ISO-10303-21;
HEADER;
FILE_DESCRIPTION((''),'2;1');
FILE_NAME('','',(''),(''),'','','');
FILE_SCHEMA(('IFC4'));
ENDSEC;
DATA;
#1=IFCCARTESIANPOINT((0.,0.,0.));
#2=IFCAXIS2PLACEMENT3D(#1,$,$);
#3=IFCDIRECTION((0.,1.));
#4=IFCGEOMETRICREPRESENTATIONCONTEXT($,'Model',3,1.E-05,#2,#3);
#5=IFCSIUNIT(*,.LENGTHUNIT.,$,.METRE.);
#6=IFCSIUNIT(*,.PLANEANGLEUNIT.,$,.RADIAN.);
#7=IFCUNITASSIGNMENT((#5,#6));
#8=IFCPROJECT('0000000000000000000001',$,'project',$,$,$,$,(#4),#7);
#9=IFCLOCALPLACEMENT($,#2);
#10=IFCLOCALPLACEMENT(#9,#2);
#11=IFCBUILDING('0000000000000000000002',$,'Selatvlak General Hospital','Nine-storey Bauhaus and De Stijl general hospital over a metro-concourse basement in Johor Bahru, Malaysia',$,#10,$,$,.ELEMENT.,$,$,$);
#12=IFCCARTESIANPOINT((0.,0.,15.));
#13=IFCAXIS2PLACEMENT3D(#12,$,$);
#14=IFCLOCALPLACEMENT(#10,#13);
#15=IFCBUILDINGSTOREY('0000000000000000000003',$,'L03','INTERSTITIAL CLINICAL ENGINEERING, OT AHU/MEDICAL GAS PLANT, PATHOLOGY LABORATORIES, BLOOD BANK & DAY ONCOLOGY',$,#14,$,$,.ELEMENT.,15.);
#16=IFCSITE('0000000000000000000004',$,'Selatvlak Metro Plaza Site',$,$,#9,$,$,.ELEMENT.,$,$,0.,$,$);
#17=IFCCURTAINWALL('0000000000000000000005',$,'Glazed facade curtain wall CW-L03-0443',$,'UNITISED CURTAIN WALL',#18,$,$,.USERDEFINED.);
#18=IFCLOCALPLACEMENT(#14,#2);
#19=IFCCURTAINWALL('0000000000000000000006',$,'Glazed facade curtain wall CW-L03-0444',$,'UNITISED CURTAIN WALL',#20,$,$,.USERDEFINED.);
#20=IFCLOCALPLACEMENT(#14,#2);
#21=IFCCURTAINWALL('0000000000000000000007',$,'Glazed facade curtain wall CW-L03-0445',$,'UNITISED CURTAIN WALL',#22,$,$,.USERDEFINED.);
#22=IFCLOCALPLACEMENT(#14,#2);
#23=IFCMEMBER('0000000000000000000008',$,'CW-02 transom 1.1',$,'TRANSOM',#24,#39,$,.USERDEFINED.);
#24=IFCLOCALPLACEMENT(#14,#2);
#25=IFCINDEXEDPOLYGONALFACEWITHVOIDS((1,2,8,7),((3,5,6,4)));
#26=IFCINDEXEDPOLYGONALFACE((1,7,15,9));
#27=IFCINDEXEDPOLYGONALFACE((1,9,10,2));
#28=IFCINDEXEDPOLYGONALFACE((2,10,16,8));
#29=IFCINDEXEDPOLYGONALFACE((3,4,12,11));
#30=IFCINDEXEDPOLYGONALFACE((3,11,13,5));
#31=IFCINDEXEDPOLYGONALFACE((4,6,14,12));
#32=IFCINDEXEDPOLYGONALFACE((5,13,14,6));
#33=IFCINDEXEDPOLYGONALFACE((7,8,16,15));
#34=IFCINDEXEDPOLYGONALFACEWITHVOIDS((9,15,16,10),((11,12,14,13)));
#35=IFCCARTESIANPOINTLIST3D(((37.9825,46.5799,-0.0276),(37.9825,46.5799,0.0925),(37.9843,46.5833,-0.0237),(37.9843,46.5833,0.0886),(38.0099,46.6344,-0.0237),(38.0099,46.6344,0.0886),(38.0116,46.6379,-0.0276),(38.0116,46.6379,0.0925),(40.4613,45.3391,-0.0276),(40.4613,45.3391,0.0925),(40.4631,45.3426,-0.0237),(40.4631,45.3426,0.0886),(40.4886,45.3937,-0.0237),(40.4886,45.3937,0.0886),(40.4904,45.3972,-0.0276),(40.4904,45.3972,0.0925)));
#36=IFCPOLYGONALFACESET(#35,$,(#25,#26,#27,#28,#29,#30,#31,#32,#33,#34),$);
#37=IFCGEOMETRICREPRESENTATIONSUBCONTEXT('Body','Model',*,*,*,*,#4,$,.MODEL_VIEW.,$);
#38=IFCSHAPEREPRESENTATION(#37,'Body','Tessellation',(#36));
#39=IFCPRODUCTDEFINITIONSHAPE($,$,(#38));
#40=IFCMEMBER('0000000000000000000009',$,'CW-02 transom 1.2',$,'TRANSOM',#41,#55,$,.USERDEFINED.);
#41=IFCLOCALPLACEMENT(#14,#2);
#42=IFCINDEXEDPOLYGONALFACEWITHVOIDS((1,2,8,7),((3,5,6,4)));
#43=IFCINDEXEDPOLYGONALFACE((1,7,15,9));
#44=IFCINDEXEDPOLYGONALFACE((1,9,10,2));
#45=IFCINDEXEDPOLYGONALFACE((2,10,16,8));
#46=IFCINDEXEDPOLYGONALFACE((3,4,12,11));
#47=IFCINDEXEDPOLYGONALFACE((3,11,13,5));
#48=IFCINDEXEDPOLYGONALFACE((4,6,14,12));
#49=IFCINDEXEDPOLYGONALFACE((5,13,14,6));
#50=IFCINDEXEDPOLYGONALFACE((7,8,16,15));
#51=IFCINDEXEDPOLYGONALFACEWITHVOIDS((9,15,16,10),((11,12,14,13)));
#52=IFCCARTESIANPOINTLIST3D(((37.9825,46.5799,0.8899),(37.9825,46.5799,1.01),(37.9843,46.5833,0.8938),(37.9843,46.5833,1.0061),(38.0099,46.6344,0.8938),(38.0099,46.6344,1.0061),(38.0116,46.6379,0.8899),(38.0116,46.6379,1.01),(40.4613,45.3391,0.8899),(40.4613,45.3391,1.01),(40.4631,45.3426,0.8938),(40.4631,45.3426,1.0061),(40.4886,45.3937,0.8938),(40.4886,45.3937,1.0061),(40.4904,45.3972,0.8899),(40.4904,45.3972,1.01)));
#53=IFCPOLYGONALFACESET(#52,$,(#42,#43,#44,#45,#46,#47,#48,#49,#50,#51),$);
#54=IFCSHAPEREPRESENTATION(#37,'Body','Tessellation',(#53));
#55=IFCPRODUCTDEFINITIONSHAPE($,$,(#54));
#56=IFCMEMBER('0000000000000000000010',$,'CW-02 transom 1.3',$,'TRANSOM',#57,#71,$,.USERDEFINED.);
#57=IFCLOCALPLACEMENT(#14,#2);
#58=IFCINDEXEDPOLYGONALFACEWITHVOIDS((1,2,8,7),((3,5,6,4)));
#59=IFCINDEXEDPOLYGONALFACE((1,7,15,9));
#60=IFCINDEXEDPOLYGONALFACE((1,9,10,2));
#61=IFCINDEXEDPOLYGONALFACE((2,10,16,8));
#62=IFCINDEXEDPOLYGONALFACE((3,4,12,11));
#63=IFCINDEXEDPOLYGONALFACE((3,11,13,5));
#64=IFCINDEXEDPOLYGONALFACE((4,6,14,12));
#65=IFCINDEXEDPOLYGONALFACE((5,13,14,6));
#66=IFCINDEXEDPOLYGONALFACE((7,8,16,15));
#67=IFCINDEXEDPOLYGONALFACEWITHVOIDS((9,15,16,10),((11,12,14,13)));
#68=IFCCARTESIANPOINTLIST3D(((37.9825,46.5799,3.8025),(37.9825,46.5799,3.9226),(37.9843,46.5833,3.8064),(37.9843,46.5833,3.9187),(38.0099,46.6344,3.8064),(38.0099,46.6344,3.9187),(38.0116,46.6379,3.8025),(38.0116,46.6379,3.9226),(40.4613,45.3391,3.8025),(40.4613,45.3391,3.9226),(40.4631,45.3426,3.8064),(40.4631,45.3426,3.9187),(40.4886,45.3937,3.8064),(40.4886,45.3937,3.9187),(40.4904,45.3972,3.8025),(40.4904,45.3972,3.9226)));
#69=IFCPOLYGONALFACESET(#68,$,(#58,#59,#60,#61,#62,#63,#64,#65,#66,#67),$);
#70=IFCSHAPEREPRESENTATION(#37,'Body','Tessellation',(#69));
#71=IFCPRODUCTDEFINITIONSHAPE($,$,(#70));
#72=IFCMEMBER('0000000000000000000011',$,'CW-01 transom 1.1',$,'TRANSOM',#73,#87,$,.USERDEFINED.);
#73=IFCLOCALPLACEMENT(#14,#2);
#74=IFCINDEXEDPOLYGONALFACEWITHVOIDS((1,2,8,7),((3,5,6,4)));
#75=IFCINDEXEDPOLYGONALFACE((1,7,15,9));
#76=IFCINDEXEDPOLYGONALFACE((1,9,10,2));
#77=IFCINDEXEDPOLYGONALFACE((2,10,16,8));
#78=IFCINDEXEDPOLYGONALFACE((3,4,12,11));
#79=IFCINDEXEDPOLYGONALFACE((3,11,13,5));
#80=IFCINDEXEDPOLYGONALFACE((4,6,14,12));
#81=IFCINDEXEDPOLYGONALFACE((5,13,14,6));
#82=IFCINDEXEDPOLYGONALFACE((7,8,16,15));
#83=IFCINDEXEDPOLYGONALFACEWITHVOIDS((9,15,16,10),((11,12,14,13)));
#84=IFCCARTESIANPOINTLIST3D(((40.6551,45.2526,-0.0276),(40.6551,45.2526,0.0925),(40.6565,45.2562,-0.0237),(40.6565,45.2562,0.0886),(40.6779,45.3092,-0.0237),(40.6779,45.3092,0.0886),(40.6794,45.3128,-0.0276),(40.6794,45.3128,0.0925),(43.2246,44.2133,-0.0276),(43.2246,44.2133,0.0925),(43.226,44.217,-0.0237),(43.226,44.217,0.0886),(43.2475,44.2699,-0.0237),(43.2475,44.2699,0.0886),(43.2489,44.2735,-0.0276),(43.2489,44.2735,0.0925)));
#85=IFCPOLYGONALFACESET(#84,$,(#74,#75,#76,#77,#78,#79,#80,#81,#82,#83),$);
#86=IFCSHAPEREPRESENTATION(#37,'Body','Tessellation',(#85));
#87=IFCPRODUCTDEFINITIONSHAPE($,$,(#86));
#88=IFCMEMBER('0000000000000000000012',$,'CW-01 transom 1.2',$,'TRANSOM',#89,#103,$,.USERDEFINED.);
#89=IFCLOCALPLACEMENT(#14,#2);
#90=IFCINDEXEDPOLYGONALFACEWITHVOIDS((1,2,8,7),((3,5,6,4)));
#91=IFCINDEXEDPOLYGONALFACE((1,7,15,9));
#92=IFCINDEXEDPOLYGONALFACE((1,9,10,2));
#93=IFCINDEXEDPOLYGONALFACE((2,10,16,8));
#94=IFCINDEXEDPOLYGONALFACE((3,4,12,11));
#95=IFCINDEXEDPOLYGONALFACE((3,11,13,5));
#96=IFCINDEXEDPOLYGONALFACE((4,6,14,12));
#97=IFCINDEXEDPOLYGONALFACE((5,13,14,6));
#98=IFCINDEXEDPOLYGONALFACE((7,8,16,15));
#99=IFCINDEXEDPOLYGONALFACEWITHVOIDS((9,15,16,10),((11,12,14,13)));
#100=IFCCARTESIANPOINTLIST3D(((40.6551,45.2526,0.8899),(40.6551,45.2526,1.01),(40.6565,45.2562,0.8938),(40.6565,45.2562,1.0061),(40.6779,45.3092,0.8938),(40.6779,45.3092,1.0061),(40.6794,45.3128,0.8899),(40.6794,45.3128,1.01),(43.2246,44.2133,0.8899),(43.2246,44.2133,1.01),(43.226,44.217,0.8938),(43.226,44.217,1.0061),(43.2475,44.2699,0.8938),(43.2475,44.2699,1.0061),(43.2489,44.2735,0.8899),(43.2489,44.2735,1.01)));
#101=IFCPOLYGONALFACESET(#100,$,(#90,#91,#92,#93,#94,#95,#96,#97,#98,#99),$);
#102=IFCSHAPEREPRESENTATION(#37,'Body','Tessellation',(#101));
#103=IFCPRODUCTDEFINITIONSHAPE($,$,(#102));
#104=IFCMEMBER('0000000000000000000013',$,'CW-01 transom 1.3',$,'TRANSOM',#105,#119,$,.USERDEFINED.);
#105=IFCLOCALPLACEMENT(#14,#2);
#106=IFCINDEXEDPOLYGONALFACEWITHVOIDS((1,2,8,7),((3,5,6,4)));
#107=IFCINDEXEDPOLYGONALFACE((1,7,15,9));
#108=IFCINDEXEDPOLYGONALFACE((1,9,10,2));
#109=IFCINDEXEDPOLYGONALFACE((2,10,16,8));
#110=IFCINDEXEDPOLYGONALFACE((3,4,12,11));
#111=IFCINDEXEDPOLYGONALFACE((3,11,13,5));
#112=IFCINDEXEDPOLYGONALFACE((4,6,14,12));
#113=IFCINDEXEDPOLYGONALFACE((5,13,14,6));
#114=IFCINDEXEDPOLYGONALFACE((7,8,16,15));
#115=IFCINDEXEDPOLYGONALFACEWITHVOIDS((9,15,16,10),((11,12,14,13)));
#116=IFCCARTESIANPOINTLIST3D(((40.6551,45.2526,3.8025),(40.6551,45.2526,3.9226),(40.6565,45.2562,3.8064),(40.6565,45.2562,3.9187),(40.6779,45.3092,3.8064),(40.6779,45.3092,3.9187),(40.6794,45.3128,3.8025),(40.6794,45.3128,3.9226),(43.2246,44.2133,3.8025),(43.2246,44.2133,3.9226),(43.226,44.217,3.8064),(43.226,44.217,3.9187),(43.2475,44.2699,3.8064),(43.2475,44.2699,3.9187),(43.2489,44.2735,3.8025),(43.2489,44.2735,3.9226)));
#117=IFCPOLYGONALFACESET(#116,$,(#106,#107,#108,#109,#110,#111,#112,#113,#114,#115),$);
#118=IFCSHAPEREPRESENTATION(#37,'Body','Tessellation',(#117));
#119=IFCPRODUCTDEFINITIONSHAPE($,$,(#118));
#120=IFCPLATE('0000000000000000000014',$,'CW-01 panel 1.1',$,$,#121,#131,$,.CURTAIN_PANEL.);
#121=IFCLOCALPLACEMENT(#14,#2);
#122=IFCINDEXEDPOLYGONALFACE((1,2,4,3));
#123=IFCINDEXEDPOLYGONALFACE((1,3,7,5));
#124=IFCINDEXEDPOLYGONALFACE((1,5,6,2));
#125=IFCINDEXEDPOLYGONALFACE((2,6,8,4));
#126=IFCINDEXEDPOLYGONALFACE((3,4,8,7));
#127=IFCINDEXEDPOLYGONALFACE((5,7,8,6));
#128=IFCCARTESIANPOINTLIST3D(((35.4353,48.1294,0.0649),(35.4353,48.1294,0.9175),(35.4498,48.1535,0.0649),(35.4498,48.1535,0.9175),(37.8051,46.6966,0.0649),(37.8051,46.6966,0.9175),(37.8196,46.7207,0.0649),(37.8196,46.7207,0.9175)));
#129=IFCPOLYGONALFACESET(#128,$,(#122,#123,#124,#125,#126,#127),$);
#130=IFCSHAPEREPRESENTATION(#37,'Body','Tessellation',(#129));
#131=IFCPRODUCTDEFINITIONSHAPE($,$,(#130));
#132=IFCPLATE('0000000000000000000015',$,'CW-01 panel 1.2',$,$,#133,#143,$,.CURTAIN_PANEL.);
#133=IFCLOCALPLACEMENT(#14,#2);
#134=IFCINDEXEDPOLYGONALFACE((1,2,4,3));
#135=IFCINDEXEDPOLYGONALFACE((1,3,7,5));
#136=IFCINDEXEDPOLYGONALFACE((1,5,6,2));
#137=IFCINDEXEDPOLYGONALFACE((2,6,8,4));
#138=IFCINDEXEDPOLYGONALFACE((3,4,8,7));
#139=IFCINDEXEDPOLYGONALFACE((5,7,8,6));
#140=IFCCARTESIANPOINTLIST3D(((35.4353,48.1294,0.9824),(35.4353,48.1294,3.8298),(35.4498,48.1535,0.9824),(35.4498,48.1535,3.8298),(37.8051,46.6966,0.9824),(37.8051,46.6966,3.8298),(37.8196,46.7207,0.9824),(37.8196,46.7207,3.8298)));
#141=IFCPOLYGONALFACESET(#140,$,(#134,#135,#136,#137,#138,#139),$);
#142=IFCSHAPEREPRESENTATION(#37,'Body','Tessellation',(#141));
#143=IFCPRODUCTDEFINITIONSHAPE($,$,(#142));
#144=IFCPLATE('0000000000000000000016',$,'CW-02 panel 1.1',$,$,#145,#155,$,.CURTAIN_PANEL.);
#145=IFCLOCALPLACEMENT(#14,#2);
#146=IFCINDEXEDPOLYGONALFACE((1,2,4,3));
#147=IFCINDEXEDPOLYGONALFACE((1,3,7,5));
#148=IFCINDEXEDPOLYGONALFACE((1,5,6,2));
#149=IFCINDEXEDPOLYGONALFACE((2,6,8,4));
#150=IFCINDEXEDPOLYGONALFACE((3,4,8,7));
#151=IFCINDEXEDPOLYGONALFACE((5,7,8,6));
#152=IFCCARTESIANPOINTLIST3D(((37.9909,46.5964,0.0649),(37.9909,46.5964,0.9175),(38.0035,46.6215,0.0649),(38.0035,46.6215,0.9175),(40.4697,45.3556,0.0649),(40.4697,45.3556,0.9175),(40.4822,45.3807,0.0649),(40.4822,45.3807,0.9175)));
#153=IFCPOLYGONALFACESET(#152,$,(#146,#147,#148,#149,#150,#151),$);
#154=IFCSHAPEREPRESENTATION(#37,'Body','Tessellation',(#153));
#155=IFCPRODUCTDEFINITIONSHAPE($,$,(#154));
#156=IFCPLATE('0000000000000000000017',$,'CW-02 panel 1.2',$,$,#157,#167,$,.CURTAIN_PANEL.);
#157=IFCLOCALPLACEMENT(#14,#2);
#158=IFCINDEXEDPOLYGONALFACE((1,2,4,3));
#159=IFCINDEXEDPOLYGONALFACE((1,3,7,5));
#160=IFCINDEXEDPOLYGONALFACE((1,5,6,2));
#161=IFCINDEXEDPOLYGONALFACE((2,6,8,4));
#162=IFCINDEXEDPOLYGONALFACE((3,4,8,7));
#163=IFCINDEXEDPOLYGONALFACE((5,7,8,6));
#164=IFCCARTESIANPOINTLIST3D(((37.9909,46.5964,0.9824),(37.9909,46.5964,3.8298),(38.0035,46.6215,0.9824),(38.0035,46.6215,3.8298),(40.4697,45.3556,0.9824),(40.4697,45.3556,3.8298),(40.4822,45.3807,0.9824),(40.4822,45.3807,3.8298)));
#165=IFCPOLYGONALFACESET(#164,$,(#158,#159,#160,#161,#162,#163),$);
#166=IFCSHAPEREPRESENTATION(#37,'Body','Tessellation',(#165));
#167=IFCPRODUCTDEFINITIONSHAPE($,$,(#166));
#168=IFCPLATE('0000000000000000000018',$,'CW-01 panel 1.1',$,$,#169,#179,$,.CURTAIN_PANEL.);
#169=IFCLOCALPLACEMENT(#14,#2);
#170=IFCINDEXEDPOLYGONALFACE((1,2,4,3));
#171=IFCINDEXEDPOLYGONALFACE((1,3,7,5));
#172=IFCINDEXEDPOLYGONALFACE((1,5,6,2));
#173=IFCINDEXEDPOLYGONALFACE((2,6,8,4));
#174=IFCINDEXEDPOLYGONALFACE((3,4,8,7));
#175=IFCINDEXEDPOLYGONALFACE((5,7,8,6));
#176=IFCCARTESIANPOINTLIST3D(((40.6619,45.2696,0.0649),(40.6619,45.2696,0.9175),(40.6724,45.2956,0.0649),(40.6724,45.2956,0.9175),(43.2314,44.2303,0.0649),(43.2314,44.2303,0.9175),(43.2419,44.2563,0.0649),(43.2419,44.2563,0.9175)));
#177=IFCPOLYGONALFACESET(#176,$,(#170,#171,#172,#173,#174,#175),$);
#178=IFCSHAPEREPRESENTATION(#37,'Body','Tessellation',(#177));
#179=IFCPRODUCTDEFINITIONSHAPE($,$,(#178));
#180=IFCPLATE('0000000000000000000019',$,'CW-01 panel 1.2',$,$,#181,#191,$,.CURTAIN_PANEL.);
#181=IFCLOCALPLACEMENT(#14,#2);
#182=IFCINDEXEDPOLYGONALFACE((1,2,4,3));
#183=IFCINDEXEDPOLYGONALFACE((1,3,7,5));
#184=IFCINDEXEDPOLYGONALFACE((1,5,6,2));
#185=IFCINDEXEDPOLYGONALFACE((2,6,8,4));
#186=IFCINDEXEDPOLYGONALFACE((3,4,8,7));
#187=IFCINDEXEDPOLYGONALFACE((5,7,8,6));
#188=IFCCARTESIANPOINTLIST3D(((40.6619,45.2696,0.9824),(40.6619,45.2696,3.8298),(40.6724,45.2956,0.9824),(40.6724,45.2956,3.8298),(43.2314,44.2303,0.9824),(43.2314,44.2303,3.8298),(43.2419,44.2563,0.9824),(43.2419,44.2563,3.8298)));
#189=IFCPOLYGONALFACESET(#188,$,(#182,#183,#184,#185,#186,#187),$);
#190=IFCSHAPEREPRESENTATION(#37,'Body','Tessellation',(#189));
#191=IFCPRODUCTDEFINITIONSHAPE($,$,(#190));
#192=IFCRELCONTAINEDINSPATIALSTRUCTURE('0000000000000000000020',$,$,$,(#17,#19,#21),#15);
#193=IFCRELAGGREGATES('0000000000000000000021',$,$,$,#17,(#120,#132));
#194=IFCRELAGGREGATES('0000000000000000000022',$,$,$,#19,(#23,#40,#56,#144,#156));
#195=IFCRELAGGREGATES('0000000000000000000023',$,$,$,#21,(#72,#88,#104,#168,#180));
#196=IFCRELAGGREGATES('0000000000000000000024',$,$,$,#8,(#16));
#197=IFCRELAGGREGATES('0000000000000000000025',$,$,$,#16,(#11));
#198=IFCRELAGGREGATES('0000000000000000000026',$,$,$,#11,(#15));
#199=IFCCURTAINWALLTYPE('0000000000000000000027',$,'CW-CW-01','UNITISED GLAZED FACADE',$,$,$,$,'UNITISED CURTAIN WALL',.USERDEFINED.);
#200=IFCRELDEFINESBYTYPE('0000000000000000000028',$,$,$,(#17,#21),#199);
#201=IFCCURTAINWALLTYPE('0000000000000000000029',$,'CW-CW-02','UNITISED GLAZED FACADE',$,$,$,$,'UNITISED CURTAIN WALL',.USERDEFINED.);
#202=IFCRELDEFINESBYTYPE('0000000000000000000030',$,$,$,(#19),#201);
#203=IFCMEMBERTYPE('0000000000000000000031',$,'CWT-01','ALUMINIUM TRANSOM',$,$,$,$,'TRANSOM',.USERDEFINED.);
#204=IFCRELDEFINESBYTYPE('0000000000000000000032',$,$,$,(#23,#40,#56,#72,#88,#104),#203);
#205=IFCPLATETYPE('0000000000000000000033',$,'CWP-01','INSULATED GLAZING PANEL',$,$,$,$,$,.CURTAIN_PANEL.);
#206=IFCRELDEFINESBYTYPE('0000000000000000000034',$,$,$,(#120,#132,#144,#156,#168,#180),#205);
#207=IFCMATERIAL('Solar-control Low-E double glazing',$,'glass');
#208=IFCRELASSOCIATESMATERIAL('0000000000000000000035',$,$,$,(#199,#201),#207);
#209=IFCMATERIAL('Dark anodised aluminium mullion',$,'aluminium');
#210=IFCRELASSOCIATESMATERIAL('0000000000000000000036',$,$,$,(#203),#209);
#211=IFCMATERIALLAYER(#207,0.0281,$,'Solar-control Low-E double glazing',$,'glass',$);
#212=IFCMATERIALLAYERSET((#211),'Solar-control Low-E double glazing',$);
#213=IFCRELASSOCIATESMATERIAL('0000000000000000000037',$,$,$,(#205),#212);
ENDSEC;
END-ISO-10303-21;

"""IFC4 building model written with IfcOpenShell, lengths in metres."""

from ifc_helpers import new_model, si_unit, direction, frame, origin, origin_2d, place, context, subcontext, project, spatial, rectangle, hollow_rectangle, extrude, material, layer, layer_set, material_profile, profile_set, type_object, element, aggregate, save


model = new_model("IFC4")

# Units and contexts
model_context = context("Model", 3, precision=1e-05, world=origin(), true_north=direction((0.0, 1.0)))
body_context = subcontext(model_context, "Body", "Model", "MODEL_VIEW")
ifc_project = project(units=[si_unit("LENGTHUNIT", "METRE"), si_unit("PLANEANGLEUNIT", "RADIAN")], contexts=[model_context])

# Site, building, storey
site_placement = place(None, origin())
site = spatial("IfcSite", under=ifc_project, at=site_placement, Name="Selatvlak Metro Plaza Site", CompositionType="ELEMENT", RefElevation=0.0)
building_placement = place(site_placement, origin())
building = spatial("IfcBuilding", under=site, at=building_placement, Name="Selatvlak General Hospital", Description="Nine-storey Bauhaus and De Stijl general hospital over a metro-concourse basement in Johor Bahru, Malaysia", CompositionType="ELEMENT")
storey_placement = place(building_placement, frame((0.0, 0.0, 15.0)))
storey = spatial("IfcBuildingStorey", under=building, at=storey_placement, Name="L03", Description="INTERSTITIAL CLINICAL ENGINEERING, OT AHU/MEDICAL GAS PLANT, PATHOLOGY LABORATORIES, BLOOD BANK & DAY ONCOLOGY", CompositionType="ELEMENT", Elevation=15.0)

# Curtain wall
ifc_material_1 = material(Name="Solar-control Low-E double glazing", Category="glass")
curtain_wall_type_1 = type_object("IfcCurtainWallType", Name="CW-CW-01", Description="UNITISED GLAZED FACADE", ElementType="UNITISED CURTAIN WALL", PredefinedType="USERDEFINED", material=ifc_material_1)
curtain_wall_1_placement = place(storey_placement, origin())
curtain_wall_1 = element("IfcCurtainWall", 1, at=curtain_wall_1_placement, inside=storey, type_object=curtain_wall_type_1, Name="Glazed facade curtain wall CW-L03-0443", ObjectType="UNITISED CURTAIN WALL", PredefinedType="USERDEFINED")
ifc_material_2 = material(Name="Dark anodised aluminium mullion", Category="aluminium")

# Curtain walls
curtain_wall_type_2 = type_object("IfcCurtainWallType", Name="CW-CW-02", Description="UNITISED GLAZED FACADE", ElementType="UNITISED CURTAIN WALL", PredefinedType="USERDEFINED", material=ifc_material_1)
curtain_wall_2_placement = place(storey_placement, origin())
curtain_wall_2 = element("IfcCurtainWall", 2, at=curtain_wall_2_placement, inside=storey, type_object=curtain_wall_type_2, Name="Glazed facade curtain wall CW-L03-0444", ObjectType="UNITISED CURTAIN WALL", PredefinedType="USERDEFINED")
curtain_wall_3_placement = place(storey_placement, origin())
curtain_wall_3 = element("IfcCurtainWall", 3, at=curtain_wall_3_placement, inside=storey, type_object=curtain_wall_type_1, Name="Glazed facade curtain wall CW-L03-0445", ObjectType="UNITISED CURTAIN WALL", PredefinedType="USERDEFINED")

# Members
ifc_material_profile_1 = material_profile(ifc_material_2, hollow_rectangle(XDim=0.0649, YDim=0.1201, WallThickness=0.0039, at=origin_2d()), Name="AL-TRN 65x120x4")
ifc_profile_set_1 = profile_set([ifc_material_profile_1], Name="Dark anodised aluminium mullion")
member_type_1 = type_object("IfcMemberType", Name="CWT-01", Description="ALUMINIUM TRANSOM", ElementType="TRANSOM", PredefinedType="USERDEFINED", material=ifc_profile_set_1)
member_1_placement = place(storey_placement, frame((37.9971, 46.6089, 0.0325), z_axis=(0.894233, -0.447601, 0.0), x_axis=(0.447601, 0.894233, 0.0)))
member_1 = element("IfcMember", 4, at=member_1_placement, type_object=member_type_1, Name="CW-02 transom 1.1", ObjectType="TRANSOM", PredefinedType="USERDEFINED", context=body_context, shape_type="SweptSolid", body=[
    extrude(hollow_rectangle(XDim=0.0649, YDim=0.1201, WallThickness=0.0039, at=origin_2d()), origin(), (0.0, 0.0, 1.0), 2.772),
])
member_2_placement = place(storey_placement, frame((37.9971, 46.6089, 0.95), z_axis=(0.894233, -0.447601, 0.0), x_axis=(0.447601, 0.894233, 0.0)))
member_2 = element("IfcMember", 5, at=member_2_placement, type_object=member_type_1, Name="CW-02 transom 1.2", ObjectType="TRANSOM", PredefinedType="USERDEFINED", context=body_context, shape_type="SweptSolid", body=[
    extrude(hollow_rectangle(XDim=0.0649, YDim=0.1201, WallThickness=0.0039, at=origin_2d()), origin(), (0.0, 0.0, 1.0), 2.772),
])
member_3_placement = place(storey_placement, frame((37.9971, 46.6089, 3.8625), z_axis=(0.894233, -0.447601, 0.0), x_axis=(0.447601, 0.894233, 0.0)))
member_3 = element("IfcMember", 6, at=member_3_placement, type_object=member_type_1, Name="CW-02 transom 1.3", ObjectType="TRANSOM", PredefinedType="USERDEFINED", context=body_context, shape_type="SweptSolid", body=[
    extrude(hollow_rectangle(XDim=0.0649, YDim=0.1201, WallThickness=0.0039, at=origin_2d()), origin(), (0.0, 0.0, 1.0), 2.772),
])
member_4_placement = place(storey_placement, frame((40.6672, 45.2827, 0.0325), z_axis=(0.927042, -0.374957, 0.0), x_axis=(0.374957, 0.927042, 0.0)))
member_4 = element("IfcMember", 7, at=member_4_placement, type_object=member_type_1, Name="CW-01 transom 1.1", ObjectType="TRANSOM", PredefinedType="USERDEFINED", context=body_context, shape_type="SweptSolid", body=[
    extrude(hollow_rectangle(XDim=0.0649, YDim=0.1201, WallThickness=0.0039, at=origin_2d()), origin(), (0.0, 0.0, 1.0), 2.7717),
])
member_5_placement = place(storey_placement, frame((40.6672, 45.2827, 0.95), z_axis=(0.927042, -0.374957, 0.0), x_axis=(0.374957, 0.927042, 0.0)))
member_5 = element("IfcMember", 8, at=member_5_placement, type_object=member_type_1, Name="CW-01 transom 1.2", ObjectType="TRANSOM", PredefinedType="USERDEFINED", context=body_context, shape_type="SweptSolid", body=[
    extrude(hollow_rectangle(XDim=0.0649, YDim=0.1201, WallThickness=0.0039, at=origin_2d()), origin(), (0.0, 0.0, 1.0), 2.7717),
])
member_6_placement = place(storey_placement, frame((40.6672, 45.2827, 3.8625), z_axis=(0.927042, -0.374957, 0.0), x_axis=(0.374957, 0.927042, 0.0)))
member_6 = element("IfcMember", 9, at=member_6_placement, type_object=member_type_1, Name="CW-01 transom 1.3", ObjectType="TRANSOM", PredefinedType="USERDEFINED", context=body_context, shape_type="SweptSolid", body=[
    extrude(hollow_rectangle(XDim=0.0649, YDim=0.1201, WallThickness=0.0039, at=origin_2d()), origin(), (0.0, 0.0, 1.0), 2.7717),
])

# Plates
ifc_layer_1 = layer(ifc_material_1, 0.0281, Name="Solar-control Low-E double glazing", Category="glass")
ifc_layer_set_1 = layer_set([ifc_layer_1], Name="Solar-control Low-E double glazing")
plate_type = type_object("IfcPlateType", Name="CWP-01", Description="INSULATED GLAZING PANEL", PredefinedType="CURTAIN_PANEL", material=ifc_layer_set_1)
plate_1_placement = place(storey_placement, frame((36.6274, 47.425, 0.0649), z_axis=(0.0, 0.0, 1.0), x_axis=(0.855753, -0.517384, 0.0)))
plate_1 = element("IfcPlate", 10, at=plate_1_placement, type_object=plate_type, Name="CW-01 panel 1.1", PredefinedType="CURTAIN_PANEL", context=body_context, shape_type="SweptSolid", body=[
    extrude(rectangle(XDim=2.7693, YDim=0.0281, at=origin_2d()), origin(), (0.0, 0.0, 1.0), 0.8525),
])
plate_2_placement = place(storey_placement, frame((36.6274, 47.425, 0.9824), z_axis=(0.0, 0.0, 1.0), x_axis=(0.855753, -0.517384, 0.0)))
plate_2 = element("IfcPlate", 11, at=plate_2_placement, type_object=plate_type, Name="CW-01 panel 1.2", PredefinedType="CURTAIN_PANEL", context=body_context, shape_type="SweptSolid", body=[
    extrude(rectangle(XDim=2.7693, YDim=0.0281, at=origin_2d()), origin(), (0.0, 0.0, 1.0), 2.8474),
])
aggregate(curtain_wall_1, [plate_1, plate_2])
plate_3_placement = place(storey_placement, frame((39.2366, 45.9885, 0.0649), z_axis=(0.0, 0.0, 1.0), x_axis=(0.89422, -0.447627, 0.0)))
plate_3 = element("IfcPlate", 12, at=plate_3_placement, type_object=plate_type, Name="CW-02 panel 1.1", PredefinedType="CURTAIN_PANEL", context=body_context, shape_type="SweptSolid", body=[
    extrude(rectangle(XDim=2.772, YDim=0.0281, at=origin_2d()), origin(), (0.0, 0.0, 1.0), 0.8525),
])
plate_4_placement = place(storey_placement, frame((39.2366, 45.9885, 0.9824), z_axis=(0.0, 0.0, 1.0), x_axis=(0.89422, -0.447627, 0.0)))
plate_4 = element("IfcPlate", 13, at=plate_4_placement, type_object=plate_type, Name="CW-02 panel 1.2", PredefinedType="CURTAIN_PANEL", context=body_context, shape_type="SweptSolid", body=[
    extrude(rectangle(XDim=2.772, YDim=0.0281, at=origin_2d()), origin(), (0.0, 0.0, 1.0), 2.8474),
])
aggregate(curtain_wall_2, [member_1, member_2, member_3, plate_3, plate_4])
plate_5_placement = place(storey_placement, frame((41.9519, 44.7629, 0.0649), z_axis=(0.0, 0.0, 1.0), x_axis=(0.927044, -0.374953, 0.0)))
plate_5 = element("IfcPlate", 14, at=plate_5_placement, type_object=plate_type, Name="CW-01 panel 1.1", PredefinedType="CURTAIN_PANEL", context=body_context, shape_type="SweptSolid", body=[
    extrude(rectangle(XDim=2.7717, YDim=0.0281, at=origin_2d()), origin(), (0.0, 0.0, 1.0), 0.8525),
])
plate_6_placement = place(storey_placement, frame((41.9519, 44.7629, 0.9824), z_axis=(0.0, 0.0, 1.0), x_axis=(0.927044, -0.374953, 0.0)))
plate_6 = element("IfcPlate", 15, at=plate_6_placement, type_object=plate_type, Name="CW-01 panel 1.2", PredefinedType="CURTAIN_PANEL", context=body_context, shape_type="SweptSolid", body=[
    extrude(rectangle(XDim=2.7717, YDim=0.0281, at=origin_2d()), origin(), (0.0, 0.0, 1.0), 2.8474),
])
aggregate(curtain_wall_3, [member_4, member_5, member_6, plate_5, plate_6])

save(model, "model.ifc")
